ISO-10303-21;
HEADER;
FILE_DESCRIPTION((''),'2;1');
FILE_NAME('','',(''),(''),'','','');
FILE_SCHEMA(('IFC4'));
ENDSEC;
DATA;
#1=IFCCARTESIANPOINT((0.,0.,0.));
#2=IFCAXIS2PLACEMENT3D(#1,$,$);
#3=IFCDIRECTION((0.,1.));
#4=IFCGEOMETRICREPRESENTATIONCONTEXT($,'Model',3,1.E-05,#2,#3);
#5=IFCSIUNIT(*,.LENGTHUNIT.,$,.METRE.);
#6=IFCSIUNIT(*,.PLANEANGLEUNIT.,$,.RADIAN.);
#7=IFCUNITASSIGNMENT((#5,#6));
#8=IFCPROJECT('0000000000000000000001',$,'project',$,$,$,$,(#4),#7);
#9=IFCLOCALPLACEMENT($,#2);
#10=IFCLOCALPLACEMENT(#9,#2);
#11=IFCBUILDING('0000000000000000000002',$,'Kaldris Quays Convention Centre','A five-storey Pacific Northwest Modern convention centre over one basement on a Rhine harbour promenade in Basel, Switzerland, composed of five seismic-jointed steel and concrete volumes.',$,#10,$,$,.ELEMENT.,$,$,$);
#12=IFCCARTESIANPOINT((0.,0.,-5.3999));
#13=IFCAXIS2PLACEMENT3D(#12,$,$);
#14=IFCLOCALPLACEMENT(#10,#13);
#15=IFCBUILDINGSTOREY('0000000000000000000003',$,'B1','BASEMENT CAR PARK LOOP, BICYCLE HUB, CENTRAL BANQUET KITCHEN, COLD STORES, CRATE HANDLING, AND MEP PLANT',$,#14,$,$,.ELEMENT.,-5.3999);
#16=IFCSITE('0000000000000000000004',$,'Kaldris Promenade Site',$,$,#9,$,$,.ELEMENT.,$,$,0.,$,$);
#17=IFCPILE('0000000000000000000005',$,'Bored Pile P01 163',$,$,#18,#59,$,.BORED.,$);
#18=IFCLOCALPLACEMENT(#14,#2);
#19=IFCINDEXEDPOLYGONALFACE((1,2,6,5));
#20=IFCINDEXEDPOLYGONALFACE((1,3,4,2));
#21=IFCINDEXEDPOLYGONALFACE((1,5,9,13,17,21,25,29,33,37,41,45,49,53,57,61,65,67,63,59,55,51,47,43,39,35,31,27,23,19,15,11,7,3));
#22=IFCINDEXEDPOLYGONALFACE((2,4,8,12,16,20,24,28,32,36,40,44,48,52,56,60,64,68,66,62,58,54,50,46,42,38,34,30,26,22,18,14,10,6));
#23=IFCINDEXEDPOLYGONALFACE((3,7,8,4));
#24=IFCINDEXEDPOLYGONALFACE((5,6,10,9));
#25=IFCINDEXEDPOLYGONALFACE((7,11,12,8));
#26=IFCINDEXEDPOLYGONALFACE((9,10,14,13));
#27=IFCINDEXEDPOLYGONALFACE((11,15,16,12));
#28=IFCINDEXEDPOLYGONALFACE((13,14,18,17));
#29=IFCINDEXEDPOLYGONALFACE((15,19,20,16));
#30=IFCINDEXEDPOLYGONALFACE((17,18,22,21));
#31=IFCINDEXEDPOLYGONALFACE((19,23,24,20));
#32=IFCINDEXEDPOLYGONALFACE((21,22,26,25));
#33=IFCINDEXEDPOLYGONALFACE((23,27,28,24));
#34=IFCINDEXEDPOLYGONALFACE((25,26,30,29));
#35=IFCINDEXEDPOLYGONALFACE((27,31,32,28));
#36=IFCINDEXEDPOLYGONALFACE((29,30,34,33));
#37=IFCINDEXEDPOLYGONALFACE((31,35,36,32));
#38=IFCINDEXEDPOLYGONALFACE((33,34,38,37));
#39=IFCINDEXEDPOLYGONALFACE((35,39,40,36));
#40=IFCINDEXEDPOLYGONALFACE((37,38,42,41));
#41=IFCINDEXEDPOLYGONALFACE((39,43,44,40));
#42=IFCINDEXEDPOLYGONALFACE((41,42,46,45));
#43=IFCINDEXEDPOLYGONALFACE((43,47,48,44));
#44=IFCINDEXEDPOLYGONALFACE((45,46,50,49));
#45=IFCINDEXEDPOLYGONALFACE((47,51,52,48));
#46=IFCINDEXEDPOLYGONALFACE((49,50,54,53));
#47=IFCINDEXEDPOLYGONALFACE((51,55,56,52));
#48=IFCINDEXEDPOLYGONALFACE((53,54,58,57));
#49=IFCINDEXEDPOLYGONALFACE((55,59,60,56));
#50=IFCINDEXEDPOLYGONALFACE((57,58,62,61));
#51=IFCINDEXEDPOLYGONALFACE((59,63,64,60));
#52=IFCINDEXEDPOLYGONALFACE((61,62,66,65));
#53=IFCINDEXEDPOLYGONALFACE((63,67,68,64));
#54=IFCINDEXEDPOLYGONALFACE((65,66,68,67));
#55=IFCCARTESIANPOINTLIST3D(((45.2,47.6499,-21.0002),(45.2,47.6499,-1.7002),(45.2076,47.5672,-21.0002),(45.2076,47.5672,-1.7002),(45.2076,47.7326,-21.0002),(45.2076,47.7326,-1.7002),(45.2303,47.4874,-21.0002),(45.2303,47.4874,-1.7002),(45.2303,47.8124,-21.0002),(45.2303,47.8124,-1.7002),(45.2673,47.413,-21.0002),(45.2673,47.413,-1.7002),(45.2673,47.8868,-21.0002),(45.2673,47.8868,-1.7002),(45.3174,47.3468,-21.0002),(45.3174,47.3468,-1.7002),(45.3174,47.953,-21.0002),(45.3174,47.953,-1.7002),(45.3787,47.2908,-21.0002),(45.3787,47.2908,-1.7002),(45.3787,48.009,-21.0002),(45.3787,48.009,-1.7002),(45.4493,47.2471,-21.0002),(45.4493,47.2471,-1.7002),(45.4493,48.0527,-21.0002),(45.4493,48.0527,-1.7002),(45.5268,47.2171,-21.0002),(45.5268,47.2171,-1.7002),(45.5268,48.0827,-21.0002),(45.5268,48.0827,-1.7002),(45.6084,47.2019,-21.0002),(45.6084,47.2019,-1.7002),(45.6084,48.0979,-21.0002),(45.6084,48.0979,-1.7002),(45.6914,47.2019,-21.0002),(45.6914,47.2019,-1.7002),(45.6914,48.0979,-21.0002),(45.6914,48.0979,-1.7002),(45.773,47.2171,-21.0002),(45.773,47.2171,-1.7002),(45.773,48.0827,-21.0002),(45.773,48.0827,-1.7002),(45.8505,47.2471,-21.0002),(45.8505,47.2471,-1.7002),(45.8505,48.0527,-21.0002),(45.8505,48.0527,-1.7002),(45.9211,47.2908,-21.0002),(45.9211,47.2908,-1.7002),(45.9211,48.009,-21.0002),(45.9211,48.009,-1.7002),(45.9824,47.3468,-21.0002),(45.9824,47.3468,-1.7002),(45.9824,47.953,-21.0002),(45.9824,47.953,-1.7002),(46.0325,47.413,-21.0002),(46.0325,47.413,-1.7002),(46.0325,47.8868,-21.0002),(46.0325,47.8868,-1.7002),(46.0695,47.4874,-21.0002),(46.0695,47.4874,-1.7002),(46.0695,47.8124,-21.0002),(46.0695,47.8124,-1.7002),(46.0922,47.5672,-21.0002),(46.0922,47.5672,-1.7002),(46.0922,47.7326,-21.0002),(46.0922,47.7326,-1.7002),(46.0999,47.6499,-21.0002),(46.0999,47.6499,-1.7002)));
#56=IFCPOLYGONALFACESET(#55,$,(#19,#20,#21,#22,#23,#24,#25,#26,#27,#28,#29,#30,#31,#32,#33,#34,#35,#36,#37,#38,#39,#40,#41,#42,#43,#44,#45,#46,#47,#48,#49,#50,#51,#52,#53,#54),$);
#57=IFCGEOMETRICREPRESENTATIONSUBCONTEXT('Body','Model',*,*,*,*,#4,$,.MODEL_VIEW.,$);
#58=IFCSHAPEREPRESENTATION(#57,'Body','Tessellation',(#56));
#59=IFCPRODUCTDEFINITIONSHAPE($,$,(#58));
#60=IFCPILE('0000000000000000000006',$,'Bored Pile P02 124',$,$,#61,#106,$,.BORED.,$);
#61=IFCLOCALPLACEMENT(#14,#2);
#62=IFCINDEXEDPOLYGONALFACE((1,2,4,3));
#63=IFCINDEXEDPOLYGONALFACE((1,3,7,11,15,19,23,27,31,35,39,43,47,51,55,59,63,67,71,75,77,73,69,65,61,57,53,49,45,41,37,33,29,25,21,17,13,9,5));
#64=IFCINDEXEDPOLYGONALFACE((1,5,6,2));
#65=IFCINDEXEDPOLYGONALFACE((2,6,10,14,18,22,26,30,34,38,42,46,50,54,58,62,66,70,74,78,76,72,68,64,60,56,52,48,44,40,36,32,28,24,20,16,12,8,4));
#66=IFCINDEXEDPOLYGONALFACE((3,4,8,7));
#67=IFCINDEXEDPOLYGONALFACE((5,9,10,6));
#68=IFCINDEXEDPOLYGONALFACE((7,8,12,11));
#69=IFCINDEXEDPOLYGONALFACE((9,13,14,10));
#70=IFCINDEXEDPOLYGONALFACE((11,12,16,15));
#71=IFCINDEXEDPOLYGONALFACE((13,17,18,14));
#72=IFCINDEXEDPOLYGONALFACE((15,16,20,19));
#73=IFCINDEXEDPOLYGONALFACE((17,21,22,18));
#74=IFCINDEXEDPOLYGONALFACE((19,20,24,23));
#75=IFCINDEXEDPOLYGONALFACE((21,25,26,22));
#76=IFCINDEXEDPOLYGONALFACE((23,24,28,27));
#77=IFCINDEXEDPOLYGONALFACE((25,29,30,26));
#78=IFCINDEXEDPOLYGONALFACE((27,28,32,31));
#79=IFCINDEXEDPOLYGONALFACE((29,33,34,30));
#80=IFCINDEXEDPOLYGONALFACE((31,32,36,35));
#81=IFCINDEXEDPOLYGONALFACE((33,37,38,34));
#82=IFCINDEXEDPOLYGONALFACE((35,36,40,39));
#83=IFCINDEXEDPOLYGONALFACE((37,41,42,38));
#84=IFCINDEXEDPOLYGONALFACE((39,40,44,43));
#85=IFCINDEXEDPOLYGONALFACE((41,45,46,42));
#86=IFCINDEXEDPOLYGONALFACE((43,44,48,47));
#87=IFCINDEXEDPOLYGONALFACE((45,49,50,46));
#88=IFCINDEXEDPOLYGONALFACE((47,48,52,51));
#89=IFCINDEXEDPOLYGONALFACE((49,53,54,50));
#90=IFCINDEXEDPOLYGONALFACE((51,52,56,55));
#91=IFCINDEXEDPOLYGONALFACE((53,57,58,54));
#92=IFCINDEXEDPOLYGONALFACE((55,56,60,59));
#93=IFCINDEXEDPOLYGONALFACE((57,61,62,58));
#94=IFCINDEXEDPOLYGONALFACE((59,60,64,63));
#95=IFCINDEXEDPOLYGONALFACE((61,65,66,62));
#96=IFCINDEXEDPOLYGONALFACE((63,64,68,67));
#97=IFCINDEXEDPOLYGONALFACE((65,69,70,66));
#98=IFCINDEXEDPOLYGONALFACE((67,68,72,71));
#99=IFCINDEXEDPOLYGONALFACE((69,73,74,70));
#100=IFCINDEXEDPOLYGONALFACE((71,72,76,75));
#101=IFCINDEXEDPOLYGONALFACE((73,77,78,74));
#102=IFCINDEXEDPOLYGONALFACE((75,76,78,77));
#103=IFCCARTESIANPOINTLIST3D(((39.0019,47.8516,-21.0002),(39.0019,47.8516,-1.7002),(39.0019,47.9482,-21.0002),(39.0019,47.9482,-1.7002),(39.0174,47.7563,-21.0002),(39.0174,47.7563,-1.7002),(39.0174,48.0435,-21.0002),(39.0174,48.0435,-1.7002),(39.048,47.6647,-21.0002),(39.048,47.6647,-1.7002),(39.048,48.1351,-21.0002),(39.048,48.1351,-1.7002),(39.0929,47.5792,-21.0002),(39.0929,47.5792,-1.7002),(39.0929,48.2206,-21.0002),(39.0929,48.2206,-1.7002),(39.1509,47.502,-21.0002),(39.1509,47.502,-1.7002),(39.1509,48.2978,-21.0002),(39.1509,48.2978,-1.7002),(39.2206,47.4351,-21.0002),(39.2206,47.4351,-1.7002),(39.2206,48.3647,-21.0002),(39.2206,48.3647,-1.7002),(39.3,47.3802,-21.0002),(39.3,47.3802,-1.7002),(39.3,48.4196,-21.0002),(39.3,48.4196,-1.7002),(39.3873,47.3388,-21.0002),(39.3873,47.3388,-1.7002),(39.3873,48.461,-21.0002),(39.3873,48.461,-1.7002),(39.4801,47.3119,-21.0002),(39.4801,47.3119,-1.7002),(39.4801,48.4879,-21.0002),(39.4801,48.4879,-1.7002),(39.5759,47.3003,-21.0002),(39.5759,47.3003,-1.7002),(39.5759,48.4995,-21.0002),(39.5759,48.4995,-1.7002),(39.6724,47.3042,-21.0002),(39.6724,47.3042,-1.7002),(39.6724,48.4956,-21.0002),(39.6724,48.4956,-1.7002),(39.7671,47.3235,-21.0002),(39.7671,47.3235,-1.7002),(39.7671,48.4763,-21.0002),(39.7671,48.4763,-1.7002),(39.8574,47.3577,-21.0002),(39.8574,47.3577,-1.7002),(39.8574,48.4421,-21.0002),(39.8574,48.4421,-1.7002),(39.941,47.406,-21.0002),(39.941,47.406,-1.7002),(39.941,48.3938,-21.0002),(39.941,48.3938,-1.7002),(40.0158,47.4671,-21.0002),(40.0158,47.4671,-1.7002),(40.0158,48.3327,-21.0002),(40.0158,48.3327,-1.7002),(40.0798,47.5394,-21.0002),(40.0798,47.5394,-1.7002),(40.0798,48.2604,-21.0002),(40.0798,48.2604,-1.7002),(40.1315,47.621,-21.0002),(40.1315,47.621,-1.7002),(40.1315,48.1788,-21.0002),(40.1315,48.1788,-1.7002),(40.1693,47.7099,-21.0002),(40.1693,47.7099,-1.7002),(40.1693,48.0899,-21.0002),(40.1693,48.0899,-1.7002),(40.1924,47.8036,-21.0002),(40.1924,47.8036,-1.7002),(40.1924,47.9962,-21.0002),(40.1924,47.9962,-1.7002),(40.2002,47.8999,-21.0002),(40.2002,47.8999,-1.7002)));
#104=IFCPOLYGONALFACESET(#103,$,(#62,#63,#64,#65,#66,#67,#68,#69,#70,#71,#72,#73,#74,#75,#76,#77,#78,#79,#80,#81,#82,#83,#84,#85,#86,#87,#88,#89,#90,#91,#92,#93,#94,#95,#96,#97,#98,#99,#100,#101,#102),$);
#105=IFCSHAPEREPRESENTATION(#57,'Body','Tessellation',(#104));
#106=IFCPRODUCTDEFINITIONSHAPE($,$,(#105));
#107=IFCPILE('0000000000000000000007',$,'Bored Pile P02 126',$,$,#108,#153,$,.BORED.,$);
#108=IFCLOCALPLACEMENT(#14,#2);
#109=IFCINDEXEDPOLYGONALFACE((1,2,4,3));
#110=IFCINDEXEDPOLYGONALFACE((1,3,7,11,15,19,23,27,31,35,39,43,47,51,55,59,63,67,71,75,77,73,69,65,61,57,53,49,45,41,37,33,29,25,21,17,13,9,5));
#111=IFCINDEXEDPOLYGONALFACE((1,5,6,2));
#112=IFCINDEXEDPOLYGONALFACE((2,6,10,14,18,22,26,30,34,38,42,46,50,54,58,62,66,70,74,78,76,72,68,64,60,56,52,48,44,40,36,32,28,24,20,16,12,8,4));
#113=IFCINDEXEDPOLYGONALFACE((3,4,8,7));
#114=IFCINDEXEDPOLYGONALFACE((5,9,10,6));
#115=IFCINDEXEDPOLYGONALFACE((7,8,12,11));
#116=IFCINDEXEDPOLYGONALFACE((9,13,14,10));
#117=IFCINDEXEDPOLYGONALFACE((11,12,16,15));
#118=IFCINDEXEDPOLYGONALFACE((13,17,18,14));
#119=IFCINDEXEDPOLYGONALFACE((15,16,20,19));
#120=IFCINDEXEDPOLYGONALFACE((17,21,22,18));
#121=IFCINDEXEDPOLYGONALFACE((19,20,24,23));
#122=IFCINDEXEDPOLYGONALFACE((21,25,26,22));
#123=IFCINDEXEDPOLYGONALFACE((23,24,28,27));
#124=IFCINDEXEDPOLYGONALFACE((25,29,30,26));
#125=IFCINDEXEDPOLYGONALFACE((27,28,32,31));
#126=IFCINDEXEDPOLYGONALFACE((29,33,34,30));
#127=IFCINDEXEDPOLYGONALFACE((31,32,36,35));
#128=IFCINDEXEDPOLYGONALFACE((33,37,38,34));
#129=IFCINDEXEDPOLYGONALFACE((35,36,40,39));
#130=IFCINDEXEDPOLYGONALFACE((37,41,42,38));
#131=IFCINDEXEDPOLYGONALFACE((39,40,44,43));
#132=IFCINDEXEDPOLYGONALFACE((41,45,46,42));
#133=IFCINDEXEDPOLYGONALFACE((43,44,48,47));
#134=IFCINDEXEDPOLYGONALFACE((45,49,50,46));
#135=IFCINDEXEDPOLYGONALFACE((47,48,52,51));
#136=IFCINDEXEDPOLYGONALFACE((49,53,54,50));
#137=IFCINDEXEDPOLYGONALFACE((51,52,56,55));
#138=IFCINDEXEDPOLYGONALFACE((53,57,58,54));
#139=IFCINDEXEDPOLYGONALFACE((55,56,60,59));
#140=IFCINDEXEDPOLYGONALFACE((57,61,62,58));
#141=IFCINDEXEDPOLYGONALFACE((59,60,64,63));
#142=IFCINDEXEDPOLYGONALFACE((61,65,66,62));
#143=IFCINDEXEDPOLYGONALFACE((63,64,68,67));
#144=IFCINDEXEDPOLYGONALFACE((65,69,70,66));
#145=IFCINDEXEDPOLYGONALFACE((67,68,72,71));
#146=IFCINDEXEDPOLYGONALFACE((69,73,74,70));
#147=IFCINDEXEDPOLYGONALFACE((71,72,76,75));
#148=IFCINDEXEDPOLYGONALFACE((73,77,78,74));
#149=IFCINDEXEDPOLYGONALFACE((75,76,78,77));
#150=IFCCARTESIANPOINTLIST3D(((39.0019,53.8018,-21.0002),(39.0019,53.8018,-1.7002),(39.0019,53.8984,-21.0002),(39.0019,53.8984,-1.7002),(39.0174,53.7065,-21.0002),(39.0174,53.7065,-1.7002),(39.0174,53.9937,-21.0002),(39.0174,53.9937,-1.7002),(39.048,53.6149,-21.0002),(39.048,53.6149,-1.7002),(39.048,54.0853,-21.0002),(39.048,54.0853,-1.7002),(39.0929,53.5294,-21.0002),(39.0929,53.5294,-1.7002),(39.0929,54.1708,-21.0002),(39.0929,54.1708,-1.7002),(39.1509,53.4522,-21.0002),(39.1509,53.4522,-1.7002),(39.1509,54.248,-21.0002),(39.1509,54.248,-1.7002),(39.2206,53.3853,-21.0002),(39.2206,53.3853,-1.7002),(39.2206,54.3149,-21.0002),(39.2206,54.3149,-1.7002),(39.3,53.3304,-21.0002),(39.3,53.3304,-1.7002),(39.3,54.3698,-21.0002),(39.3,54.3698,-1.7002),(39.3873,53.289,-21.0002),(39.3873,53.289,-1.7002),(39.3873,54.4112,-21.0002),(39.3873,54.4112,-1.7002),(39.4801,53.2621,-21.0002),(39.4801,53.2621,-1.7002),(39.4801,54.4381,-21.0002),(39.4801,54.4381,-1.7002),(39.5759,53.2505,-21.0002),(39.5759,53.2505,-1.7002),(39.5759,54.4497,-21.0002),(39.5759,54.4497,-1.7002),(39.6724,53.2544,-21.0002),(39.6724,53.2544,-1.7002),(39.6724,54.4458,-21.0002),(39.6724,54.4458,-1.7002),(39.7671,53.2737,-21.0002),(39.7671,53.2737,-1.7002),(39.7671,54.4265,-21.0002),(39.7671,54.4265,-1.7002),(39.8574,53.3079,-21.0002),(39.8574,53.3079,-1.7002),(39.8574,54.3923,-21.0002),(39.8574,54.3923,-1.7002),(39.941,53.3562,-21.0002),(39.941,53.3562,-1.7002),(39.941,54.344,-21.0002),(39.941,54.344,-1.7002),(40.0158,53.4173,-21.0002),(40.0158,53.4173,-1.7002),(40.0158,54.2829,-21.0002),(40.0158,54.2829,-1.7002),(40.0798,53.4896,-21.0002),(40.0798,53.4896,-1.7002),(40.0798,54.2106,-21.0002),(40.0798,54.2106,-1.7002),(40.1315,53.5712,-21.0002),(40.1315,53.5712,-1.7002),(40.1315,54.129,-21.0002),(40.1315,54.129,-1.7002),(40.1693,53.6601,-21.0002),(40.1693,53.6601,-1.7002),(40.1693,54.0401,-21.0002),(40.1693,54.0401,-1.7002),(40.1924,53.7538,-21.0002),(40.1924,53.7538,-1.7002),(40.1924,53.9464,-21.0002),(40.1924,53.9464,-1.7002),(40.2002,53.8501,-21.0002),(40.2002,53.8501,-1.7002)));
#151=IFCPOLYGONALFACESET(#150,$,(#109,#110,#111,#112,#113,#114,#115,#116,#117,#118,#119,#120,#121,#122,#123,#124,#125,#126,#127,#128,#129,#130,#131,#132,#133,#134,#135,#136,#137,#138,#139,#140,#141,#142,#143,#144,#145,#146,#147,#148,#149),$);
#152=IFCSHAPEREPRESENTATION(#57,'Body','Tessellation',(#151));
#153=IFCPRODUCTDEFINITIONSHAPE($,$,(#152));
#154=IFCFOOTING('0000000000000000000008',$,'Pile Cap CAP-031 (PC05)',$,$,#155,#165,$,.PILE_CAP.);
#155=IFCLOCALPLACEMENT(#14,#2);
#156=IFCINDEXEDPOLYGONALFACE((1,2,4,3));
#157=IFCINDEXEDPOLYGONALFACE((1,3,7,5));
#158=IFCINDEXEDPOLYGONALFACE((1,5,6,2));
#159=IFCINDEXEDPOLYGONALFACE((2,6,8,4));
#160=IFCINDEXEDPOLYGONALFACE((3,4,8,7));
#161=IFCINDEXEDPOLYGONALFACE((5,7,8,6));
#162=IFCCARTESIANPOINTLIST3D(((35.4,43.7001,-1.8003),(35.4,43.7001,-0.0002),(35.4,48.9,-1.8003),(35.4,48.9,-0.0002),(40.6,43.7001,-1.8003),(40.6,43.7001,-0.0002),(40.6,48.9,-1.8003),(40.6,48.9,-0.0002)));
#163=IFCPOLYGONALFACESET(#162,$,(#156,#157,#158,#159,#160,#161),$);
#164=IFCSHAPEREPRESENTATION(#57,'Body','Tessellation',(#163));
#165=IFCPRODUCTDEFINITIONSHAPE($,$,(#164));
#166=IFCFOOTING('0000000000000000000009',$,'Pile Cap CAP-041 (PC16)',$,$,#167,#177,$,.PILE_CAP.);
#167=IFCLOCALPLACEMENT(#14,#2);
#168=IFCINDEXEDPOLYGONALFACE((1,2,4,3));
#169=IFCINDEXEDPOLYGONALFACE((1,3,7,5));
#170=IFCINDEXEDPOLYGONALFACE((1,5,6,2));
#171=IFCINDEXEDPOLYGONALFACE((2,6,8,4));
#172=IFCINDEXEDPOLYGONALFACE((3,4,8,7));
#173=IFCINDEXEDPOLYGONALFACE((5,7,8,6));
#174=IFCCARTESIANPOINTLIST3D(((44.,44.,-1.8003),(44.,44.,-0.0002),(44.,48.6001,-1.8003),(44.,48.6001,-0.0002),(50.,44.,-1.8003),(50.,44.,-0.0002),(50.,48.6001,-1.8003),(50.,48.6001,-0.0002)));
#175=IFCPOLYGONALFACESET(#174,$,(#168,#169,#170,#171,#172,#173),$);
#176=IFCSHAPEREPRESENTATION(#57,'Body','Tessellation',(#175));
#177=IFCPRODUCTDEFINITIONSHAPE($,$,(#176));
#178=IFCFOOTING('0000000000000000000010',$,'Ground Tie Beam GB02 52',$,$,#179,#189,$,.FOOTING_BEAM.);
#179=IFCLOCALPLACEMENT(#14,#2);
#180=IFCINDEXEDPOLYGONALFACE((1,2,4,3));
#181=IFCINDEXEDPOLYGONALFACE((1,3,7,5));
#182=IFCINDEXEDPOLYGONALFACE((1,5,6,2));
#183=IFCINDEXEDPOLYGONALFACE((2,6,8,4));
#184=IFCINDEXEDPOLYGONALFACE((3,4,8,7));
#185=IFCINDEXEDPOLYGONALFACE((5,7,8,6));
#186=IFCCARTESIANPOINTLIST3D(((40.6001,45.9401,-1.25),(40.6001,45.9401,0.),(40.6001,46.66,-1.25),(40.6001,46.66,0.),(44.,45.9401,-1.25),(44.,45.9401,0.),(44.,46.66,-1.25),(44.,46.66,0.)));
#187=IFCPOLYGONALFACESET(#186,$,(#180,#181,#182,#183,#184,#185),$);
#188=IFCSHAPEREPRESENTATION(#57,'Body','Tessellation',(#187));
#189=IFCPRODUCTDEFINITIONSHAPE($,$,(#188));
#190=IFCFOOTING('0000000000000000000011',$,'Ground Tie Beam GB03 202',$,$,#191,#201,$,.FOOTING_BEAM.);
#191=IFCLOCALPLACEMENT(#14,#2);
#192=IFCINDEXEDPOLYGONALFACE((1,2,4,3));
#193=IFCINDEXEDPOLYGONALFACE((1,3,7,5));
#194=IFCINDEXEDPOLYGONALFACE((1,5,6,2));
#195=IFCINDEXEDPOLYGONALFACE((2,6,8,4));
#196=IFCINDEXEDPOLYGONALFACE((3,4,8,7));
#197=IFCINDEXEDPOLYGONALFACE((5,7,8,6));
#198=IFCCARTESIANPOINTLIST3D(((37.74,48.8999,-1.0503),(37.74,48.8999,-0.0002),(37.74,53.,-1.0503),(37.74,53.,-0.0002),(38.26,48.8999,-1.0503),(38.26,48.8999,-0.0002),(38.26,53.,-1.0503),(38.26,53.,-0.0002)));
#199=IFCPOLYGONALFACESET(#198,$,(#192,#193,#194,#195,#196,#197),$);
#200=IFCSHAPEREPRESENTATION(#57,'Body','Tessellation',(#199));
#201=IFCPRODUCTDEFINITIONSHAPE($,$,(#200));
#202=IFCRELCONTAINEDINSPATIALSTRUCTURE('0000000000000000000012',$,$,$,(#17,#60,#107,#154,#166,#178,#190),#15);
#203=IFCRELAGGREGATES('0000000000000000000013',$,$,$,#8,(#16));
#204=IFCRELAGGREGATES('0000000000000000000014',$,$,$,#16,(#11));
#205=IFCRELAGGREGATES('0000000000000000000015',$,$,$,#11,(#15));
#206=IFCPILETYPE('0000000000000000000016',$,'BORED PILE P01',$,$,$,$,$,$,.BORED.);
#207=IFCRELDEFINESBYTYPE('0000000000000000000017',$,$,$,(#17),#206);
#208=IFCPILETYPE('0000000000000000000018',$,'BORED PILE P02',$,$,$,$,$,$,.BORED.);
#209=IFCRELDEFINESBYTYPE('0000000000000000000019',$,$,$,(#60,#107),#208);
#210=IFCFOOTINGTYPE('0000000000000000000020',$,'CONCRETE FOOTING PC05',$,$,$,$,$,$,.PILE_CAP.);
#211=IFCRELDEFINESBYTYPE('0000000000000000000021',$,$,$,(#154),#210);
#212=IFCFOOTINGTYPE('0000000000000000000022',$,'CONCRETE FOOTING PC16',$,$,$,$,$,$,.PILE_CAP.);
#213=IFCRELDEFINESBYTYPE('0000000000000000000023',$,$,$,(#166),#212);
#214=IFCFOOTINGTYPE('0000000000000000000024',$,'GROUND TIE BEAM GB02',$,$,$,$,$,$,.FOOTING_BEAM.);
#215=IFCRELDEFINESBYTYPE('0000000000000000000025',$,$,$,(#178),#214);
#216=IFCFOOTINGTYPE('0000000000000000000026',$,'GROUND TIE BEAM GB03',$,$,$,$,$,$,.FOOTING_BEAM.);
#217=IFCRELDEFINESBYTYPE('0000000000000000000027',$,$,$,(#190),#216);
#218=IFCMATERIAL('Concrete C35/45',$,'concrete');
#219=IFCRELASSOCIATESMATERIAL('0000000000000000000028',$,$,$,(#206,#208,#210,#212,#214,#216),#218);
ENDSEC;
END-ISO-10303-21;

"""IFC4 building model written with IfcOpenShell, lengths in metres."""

from ifc_helpers import new_model, si_unit, direction, frame, origin, origin_2d, place, context, subcontext, project, spatial, rectangle, circle, extrude, material, material_profile, profile_set, type_object, element, save


model = new_model("IFC4")

# Units and contexts
model_context = context("Model", 3, precision=1e-05, world=origin(), true_north=direction((0.0, 1.0)))
body_context = subcontext(model_context, "Body", "Model", "MODEL_VIEW")
ifc_project = project(units=[si_unit("LENGTHUNIT", "METRE"), si_unit("PLANEANGLEUNIT", "RADIAN")], contexts=[model_context])

# Site, building, storey
site_placement = place(None, origin())
site = spatial("IfcSite", under=ifc_project, at=site_placement, Name="Kaldris Promenade Site", CompositionType="ELEMENT", RefElevation=0.0)
building_placement = place(site_placement, origin())
building = spatial("IfcBuilding", under=site, at=building_placement, Name="Kaldris Quays Convention Centre", Description="A five-storey Pacific Northwest Modern convention centre over one basement on a Rhine harbour promenade in Basel, Switzerland, composed of five seismic-jointed steel and concrete volumes.", CompositionType="ELEMENT")
storey_placement = place(building_placement, frame((0.0, 0.0, -5.3999)))
storey = spatial("IfcBuildingStorey", under=building, at=storey_placement, Name="B1", Description="BASEMENT CAR PARK LOOP, BICYCLE HUB, CENTRAL BANQUET KITCHEN, COLD STORES, CRATE HANDLING, AND MEP PLANT", CompositionType="ELEMENT", Elevation=-5.3999)

# Piles
ifc_material_1 = material(Name="Concrete C35/45", Category="concrete")
ifc_material_profile_1 = material_profile(ifc_material_1, circle(Radius=0.45, at=origin_2d()), Name="BORED PILE D900")
ifc_profile_set_1 = profile_set([ifc_material_profile_1], Name="Concrete C35/45")
pile_type_1 = type_object("IfcPileType", Name="BORED PILE P01", PredefinedType="BORED", material=ifc_profile_set_1)
pile_placement = place(storey_placement, frame((45.6499, 47.6499, -1.7002), z_axis=(0.0, 0.0, -1.0), x_axis=(1.0, 0.0, 0.0)))
element("IfcPile", 1, at=pile_placement, inside=storey, type_object=pile_type_1, Name="Bored Pile P01 163", PredefinedType="BORED", context=body_context, shape_type="SweptSolid", body=[
    extrude(circle(Radius=0.45, at=origin_2d()), origin(), (0.0, 0.0, 1.0), 19.3),
])
ifc_material_profile_2 = material_profile(ifc_material_1, circle(Radius=0.6001, at=origin_2d()), Name="BORED PILE D1200")
ifc_profile_set_2 = profile_set([ifc_material_profile_2], Name="Concrete C35/45")
pile_type_2 = type_object("IfcPileType", Name="BORED PILE P02", PredefinedType="BORED", material=ifc_profile_set_2)
for number, where, z_axis, x_axis, name in (
    (2, (39.6001, 47.8999, -1.7002), (0.0, 0.0, -1.0), (1.0, 0.0, 0.0), "Bored Pile P02 124"),
    (3, (39.6001, 53.8501, -1.7002), (0.0, 0.0, -1.0), (1.0, 0.0, 0.0), "Bored Pile P02 126"),
):
    element("IfcPile", number, at=place(storey_placement, frame(where, z_axis=z_axis, x_axis=x_axis)), inside=storey, type_object=pile_type_2, Name=name, PredefinedType="BORED", context=body_context, shape_type="SweptSolid", body=[
        extrude(circle(Radius=0.6001, at=origin_2d()), origin(), (0.0, 0.0, 1.0), 19.3),
    ])

# Footings
footing_type_1 = type_object("IfcFootingType", Name="CONCRETE FOOTING PC05", PredefinedType="PILE_CAP", material=ifc_material_1)
footing_1_placement = place(storey_placement, frame((38.0, 46.3, -1.8003), z_axis=(0.0, 0.0, 1.0), x_axis=(1.0, 0.0, 0.0)))
element("IfcFooting", 4, at=footing_1_placement, inside=storey, type_object=footing_type_1, Name="Pile Cap CAP-031 (PC05)", PredefinedType="PILE_CAP", context=body_context, shape_type="SweptSolid", body=[
    extrude(rectangle(XDim=5.2, YDim=5.2, at=origin_2d()), origin(), (0.0, 0.0, 1.0), 1.8),
])
footing_type_2 = type_object("IfcFootingType", Name="CONCRETE FOOTING PC16", PredefinedType="PILE_CAP", material=ifc_material_1)
footing_2_placement = place(storey_placement, frame((47.0, 46.3, -1.8003), z_axis=(0.0, 0.0, 1.0), x_axis=(1.0, 0.0, 0.0)))
element("IfcFooting", 5, at=footing_2_placement, inside=storey, type_object=footing_type_2, Name="Pile Cap CAP-041 (PC16)", PredefinedType="PILE_CAP", context=body_context, shape_type="SweptSolid", body=[
    extrude(rectangle(XDim=6.0, YDim=4.6001, at=origin_2d()), origin(), (0.0, 0.0, 1.0), 1.8),
])
footing_type_3 = type_object("IfcFootingType", Name="GROUND TIE BEAM GB02", PredefinedType="FOOTING_BEAM", material=ifc_material_1)
footing_3_placement = place(storey_placement, frame((42.3, 46.3, -1.25), z_axis=(0.0, 0.0, 1.0), x_axis=(1.0, 0.0, 0.0)))
element("IfcFooting", 6, at=footing_3_placement, inside=storey, type_object=footing_type_3, Name="Ground Tie Beam GB02 52", PredefinedType="FOOTING_BEAM", context=body_context, shape_type="SweptSolid", body=[
    extrude(rectangle(XDim=3.3999, YDim=0.72, at=origin_2d()), origin(), (0.0, 0.0, 1.0), 1.25),
])
footing_type_4 = type_object("IfcFootingType", Name="GROUND TIE BEAM GB03", PredefinedType="FOOTING_BEAM", material=ifc_material_1)
footing_4_placement = place(storey_placement, frame((38.0, 50.95, -1.0503), z_axis=(0.0, 0.0, 1.0), x_axis=(1.0, 0.0, 0.0)))
element("IfcFooting", 7, at=footing_4_placement, inside=storey, type_object=footing_type_4, Name="Ground Tie Beam GB03 202", PredefinedType="FOOTING_BEAM", context=body_context, shape_type="SweptSolid", body=[
    extrude(rectangle(XDim=0.52, YDim=4.1001, at=origin_2d()), origin(), (0.0, 0.0, 1.0), 1.05),
])

save(model, "model.ifc")
